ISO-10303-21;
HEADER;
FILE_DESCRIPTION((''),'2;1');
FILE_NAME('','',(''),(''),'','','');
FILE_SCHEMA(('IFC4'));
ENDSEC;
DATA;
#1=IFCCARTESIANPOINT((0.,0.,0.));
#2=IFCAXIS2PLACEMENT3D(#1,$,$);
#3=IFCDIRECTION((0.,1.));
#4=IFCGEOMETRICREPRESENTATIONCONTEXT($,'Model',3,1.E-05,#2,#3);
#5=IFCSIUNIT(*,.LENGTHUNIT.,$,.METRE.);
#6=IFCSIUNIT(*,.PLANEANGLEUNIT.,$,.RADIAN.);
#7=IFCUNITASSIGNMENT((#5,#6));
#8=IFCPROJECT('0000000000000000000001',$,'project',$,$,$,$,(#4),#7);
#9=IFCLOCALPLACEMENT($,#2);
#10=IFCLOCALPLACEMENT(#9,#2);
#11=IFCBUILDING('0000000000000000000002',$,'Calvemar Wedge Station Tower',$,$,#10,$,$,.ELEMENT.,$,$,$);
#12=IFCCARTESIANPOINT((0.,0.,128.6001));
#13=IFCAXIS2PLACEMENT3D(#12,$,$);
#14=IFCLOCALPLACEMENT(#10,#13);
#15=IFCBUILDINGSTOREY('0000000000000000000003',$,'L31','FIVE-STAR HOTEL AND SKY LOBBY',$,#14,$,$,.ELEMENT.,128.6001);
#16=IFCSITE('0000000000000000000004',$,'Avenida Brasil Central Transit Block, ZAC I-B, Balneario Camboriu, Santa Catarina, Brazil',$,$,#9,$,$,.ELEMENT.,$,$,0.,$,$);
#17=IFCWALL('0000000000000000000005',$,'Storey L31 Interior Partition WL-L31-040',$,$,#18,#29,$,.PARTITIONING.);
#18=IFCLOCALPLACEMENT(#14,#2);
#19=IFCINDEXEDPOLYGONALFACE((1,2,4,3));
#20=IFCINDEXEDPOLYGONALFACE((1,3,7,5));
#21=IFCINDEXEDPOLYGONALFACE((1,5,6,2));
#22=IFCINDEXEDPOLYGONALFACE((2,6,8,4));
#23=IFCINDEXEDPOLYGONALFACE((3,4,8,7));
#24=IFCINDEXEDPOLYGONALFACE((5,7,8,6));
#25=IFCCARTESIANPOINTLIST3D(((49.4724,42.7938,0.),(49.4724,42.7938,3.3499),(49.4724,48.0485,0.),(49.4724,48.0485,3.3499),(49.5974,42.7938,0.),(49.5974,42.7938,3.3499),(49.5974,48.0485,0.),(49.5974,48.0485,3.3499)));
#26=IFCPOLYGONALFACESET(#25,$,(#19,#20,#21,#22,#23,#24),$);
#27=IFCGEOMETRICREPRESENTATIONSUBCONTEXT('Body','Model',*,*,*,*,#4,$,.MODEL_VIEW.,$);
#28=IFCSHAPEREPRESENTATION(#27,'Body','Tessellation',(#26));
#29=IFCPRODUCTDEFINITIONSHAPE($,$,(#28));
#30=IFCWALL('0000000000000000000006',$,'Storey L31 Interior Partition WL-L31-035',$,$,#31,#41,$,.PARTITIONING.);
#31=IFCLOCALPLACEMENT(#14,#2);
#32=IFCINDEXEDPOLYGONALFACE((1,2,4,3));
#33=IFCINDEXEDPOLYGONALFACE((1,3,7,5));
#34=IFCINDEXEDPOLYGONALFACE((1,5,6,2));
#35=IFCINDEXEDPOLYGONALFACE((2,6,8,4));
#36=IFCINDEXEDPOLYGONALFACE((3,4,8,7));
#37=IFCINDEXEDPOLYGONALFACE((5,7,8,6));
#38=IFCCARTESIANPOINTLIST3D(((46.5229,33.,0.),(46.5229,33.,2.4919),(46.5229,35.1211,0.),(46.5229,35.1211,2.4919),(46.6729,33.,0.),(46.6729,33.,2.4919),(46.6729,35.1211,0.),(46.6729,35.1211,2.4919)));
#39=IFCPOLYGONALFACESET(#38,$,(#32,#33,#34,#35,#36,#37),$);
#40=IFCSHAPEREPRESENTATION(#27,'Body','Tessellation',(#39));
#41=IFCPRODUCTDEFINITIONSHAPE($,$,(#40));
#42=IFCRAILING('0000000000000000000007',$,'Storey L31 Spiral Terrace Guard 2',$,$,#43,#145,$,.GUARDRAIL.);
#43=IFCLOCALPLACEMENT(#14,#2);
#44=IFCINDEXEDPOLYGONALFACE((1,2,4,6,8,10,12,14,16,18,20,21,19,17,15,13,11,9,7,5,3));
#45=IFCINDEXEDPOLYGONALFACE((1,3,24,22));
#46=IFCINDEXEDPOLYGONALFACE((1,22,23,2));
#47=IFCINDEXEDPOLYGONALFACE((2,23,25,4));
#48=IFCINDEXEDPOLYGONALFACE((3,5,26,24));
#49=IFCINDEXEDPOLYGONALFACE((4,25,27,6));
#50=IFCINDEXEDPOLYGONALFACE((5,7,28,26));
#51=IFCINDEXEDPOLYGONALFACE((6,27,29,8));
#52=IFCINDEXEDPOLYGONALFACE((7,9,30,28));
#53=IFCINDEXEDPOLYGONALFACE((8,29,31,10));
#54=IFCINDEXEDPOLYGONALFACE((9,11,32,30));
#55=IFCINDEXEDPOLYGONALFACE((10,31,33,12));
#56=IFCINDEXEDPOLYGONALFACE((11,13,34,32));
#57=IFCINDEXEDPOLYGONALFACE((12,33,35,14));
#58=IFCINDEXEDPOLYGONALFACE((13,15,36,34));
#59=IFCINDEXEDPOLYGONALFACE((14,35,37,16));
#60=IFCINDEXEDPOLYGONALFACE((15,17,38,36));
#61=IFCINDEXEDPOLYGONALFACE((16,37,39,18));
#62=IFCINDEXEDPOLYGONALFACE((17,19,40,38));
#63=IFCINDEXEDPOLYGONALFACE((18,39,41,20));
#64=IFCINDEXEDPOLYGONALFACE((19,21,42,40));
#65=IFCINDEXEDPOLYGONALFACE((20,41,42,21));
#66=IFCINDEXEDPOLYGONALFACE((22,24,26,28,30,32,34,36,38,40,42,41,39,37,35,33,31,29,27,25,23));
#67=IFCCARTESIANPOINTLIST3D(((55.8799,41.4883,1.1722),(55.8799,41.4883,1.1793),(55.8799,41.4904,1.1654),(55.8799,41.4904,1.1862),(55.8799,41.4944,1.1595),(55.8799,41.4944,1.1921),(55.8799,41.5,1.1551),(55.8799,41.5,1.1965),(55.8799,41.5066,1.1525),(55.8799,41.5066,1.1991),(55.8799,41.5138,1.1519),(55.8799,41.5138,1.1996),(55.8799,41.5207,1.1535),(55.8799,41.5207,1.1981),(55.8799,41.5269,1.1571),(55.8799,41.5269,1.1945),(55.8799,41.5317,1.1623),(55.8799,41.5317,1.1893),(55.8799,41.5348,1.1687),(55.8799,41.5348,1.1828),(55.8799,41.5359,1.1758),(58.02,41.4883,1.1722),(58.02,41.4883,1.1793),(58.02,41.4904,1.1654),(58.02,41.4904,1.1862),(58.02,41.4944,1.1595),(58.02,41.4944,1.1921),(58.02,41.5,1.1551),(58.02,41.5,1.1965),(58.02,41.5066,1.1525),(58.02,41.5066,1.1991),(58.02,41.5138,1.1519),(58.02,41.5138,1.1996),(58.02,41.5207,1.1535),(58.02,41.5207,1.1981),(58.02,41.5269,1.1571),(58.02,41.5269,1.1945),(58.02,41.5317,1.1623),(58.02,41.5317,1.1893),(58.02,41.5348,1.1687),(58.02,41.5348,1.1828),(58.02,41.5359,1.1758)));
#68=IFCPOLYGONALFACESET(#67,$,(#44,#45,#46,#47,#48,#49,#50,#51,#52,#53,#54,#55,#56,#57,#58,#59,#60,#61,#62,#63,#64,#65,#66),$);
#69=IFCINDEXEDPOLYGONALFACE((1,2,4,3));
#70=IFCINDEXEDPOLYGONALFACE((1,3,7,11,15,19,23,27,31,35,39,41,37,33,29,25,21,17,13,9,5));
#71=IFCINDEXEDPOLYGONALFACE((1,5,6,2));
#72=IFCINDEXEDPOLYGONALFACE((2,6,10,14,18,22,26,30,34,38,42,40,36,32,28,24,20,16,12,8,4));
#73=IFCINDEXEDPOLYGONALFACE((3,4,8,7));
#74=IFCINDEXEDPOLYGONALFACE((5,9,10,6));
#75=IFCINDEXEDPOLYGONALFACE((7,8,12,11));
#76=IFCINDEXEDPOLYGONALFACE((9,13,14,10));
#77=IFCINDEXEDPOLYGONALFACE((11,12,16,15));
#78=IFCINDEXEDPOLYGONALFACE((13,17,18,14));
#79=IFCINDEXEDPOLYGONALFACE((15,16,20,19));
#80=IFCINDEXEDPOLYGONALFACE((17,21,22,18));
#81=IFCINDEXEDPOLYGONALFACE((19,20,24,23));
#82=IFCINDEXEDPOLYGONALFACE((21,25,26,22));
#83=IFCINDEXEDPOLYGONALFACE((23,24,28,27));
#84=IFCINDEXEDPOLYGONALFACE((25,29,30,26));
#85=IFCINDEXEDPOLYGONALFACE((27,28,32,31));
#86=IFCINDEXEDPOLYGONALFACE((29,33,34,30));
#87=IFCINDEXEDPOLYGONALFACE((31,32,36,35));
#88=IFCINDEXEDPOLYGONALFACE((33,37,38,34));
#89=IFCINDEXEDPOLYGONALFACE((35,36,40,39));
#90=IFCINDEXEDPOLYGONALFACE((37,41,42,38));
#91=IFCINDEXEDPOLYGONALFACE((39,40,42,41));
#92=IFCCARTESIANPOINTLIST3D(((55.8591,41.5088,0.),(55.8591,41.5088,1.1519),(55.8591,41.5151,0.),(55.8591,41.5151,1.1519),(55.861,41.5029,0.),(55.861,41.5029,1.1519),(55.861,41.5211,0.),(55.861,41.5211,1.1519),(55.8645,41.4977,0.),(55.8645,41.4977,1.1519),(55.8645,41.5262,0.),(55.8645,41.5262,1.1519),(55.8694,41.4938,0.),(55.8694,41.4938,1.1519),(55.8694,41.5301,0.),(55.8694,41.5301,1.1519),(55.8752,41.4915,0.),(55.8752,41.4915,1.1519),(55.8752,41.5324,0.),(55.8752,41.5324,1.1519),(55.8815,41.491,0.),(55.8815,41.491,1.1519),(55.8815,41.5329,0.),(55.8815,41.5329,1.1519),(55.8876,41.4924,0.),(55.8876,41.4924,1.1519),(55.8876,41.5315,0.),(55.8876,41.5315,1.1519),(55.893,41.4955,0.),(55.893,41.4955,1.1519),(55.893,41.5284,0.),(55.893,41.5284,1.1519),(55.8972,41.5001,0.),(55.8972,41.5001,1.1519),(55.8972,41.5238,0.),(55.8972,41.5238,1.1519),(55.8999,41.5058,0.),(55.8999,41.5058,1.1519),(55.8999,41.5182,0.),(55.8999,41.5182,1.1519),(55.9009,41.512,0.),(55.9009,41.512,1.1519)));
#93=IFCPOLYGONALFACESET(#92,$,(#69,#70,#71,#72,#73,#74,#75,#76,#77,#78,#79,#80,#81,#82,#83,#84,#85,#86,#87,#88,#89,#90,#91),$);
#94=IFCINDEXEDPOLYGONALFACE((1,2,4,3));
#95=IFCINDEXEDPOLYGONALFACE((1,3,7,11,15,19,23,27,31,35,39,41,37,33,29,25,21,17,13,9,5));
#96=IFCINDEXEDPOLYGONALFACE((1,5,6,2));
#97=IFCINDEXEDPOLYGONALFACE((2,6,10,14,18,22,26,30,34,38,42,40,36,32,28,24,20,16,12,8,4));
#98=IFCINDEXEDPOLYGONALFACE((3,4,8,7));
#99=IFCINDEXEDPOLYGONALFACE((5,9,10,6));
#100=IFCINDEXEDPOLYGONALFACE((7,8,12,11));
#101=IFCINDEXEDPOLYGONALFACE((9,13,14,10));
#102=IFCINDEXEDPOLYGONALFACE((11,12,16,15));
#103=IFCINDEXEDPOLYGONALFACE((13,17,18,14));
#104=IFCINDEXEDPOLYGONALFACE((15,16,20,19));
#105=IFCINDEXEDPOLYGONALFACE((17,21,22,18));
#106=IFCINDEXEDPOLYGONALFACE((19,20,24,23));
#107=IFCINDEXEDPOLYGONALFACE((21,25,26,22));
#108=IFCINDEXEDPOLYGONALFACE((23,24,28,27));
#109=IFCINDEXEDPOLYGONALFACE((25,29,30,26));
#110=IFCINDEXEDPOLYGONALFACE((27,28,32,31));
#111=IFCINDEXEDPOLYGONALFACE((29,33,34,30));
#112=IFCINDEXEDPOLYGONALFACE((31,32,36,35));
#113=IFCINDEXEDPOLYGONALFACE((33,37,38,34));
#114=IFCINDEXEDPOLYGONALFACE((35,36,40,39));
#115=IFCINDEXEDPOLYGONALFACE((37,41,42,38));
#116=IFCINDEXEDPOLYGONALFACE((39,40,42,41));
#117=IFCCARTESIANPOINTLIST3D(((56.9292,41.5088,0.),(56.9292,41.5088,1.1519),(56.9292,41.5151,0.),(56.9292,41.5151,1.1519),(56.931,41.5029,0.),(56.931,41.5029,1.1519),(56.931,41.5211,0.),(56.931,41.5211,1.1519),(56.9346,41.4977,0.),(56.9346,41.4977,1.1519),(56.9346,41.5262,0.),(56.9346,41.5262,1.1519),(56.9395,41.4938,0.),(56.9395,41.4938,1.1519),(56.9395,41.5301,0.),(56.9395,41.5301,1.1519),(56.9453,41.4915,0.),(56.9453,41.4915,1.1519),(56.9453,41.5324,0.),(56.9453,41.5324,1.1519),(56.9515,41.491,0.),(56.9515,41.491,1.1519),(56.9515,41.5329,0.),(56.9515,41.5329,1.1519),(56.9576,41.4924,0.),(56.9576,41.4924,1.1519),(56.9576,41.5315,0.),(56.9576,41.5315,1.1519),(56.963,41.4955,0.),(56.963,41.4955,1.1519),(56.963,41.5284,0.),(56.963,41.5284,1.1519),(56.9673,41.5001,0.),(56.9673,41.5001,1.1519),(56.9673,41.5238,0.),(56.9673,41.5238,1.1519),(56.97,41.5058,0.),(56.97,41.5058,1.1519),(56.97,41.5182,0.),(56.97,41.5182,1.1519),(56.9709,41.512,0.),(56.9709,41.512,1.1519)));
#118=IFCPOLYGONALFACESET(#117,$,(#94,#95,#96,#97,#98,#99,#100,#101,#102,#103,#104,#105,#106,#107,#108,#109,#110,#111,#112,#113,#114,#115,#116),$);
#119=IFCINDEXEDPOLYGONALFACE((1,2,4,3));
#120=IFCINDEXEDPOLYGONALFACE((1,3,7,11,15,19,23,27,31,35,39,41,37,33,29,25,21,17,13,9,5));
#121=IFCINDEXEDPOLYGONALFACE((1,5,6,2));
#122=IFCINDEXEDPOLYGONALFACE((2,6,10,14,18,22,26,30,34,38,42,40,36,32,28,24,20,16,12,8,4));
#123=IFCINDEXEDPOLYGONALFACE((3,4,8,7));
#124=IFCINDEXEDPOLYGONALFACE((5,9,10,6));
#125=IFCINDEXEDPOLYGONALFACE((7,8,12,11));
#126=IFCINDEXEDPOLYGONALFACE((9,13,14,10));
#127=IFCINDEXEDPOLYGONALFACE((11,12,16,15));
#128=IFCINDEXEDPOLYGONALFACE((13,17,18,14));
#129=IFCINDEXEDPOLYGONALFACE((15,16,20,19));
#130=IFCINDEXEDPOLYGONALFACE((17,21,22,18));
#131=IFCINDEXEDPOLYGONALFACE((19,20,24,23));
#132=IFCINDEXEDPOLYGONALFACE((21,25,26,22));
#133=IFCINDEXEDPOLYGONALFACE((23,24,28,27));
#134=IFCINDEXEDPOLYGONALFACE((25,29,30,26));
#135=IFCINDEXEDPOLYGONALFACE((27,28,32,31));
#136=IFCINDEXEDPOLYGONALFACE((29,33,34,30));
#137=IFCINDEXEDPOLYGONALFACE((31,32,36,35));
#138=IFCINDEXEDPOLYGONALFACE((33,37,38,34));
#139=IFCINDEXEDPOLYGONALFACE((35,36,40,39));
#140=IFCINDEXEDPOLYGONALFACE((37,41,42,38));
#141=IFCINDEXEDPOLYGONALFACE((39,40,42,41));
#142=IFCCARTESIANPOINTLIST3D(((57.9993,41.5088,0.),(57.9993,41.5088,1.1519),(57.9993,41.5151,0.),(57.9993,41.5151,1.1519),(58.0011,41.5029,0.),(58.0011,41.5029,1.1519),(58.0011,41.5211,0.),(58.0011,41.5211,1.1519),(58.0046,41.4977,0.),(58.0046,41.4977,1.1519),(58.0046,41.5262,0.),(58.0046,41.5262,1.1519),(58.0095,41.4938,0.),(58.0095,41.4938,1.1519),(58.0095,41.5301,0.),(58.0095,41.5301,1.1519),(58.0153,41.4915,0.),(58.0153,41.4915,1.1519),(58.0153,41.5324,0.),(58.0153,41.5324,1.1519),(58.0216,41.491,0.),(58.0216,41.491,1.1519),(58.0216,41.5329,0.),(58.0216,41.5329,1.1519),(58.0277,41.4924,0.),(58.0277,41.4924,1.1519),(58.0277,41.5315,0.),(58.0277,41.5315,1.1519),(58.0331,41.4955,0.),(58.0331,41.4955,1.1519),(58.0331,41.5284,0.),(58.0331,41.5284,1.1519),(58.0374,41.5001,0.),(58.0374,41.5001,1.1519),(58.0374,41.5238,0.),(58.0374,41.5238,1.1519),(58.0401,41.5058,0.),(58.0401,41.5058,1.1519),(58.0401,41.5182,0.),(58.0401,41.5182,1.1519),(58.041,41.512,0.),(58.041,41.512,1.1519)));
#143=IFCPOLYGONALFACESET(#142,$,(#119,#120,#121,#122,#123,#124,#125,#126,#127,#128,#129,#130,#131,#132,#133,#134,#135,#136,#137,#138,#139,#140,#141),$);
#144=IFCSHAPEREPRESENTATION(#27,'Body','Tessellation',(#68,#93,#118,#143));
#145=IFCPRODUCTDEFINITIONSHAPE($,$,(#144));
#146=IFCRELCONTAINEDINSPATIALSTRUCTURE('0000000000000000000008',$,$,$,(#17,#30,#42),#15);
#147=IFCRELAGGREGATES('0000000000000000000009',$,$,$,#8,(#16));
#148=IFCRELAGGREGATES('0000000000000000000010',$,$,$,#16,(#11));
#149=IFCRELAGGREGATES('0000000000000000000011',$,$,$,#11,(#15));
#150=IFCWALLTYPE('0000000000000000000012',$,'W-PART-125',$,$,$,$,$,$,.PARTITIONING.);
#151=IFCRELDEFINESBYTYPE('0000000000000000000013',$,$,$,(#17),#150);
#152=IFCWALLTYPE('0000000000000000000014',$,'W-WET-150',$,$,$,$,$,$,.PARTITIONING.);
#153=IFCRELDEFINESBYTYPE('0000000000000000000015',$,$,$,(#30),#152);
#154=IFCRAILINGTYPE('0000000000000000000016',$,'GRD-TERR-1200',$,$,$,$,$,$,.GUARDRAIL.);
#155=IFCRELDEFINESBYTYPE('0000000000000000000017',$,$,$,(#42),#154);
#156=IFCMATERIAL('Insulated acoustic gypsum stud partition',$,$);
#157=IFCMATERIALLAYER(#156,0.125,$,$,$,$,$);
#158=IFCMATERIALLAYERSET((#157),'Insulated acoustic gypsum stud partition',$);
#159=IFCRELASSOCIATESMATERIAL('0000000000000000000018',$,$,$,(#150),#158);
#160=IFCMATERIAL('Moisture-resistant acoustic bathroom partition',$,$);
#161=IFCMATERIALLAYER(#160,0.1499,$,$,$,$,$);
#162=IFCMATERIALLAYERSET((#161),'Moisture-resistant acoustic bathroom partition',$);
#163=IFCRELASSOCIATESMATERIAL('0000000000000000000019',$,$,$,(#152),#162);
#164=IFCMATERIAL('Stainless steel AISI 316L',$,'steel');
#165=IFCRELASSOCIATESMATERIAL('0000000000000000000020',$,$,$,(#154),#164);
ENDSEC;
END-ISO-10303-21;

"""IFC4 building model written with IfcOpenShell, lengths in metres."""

from ifc_helpers import new_model, si_unit, direction, frame, frame_2d, origin, origin_2d, place, context, subcontext, project, spatial, rectangle, circle, extrude, material, layer, layer_set, type_object, element, save


model = new_model("IFC4")

# Units and contexts
model_context = context("Model", 3, precision=1e-05, world=origin(), true_north=direction((0.0, 1.0)))
body_context = subcontext(model_context, "Body", "Model", "MODEL_VIEW")
ifc_project = project(units=[si_unit("LENGTHUNIT", "METRE"), si_unit("PLANEANGLEUNIT", "RADIAN")], contexts=[model_context])

# Site, building, storey
site_placement = place(None, origin())
site = spatial("IfcSite", under=ifc_project, at=site_placement, Name="Avenida Brasil Central Transit Block, ZAC I-B, Balneario Camboriu, Santa Catarina, Brazil", CompositionType="ELEMENT", RefElevation=0.0)
building_placement = place(site_placement, origin())
building = spatial("IfcBuilding", under=site, at=building_placement, Name="Calvemar Wedge Station Tower", CompositionType="ELEMENT")
storey_placement = place(building_placement, frame((0.0, 0.0, 128.6001)))
storey = spatial("IfcBuildingStorey", under=building, at=storey_placement, Name="L31", Description="FIVE-STAR HOTEL AND SKY LOBBY", CompositionType="ELEMENT", Elevation=128.6001)

# Walls
ifc_material_1 = material(Name="Insulated acoustic gypsum stud partition")
ifc_layer_1 = layer(ifc_material_1, 0.125)
ifc_layer_set_1 = layer_set([ifc_layer_1], Name="Insulated acoustic gypsum stud partition")
wall_type_1 = type_object("IfcWallType", Name="W-PART-125", PredefinedType="PARTITIONING", material=ifc_layer_set_1)
wall_1_placement = place(storey_placement, frame((49.5349, 48.0486, 0.0), z_axis=(0.0, 0.0, 1.0), x_axis=(0.0, -1.0, 0.0)))
element("IfcWall", 1, at=wall_1_placement, inside=storey, type_object=wall_type_1, Name="Storey L31 Interior Partition WL-L31-040", PredefinedType="PARTITIONING", context=body_context, shape_type="SweptSolid", body=[
    extrude(rectangle(XDim=5.2546, YDim=0.125, at=frame_2d((2.6274, 0.0))), origin(), (0.0, 0.0, 1.0), 3.3499),
])
ifc_material_2 = material(Name="Moisture-resistant acoustic bathroom partition")
ifc_layer_2 = layer(ifc_material_2, 0.1499)
ifc_layer_set_2 = layer_set([ifc_layer_2], Name="Moisture-resistant acoustic bathroom partition")
wall_type_2 = type_object("IfcWallType", Name="W-WET-150", PredefinedType="PARTITIONING", material=ifc_layer_set_2)
wall_2_placement = place(storey_placement, frame((46.5979, 35.1211, 0.0), z_axis=(0.0, 0.0, 1.0), x_axis=(0.0, -1.0, 0.0)))
element("IfcWall", 2, at=wall_2_placement, inside=storey, type_object=wall_type_2, Name="Storey L31 Interior Partition WL-L31-035", PredefinedType="PARTITIONING", context=body_context, shape_type="SweptSolid", body=[
    extrude(rectangle(XDim=2.1211, YDim=0.1499, at=frame_2d((1.0605, 0.0))), origin(), (0.0, 0.0, 1.0), 2.4919),
])

# Railing
ifc_material_3 = material(Name="Stainless steel AISI 316L", Category="steel")
railing_type = type_object("IfcRailingType", Name="GRD-TERR-1200", PredefinedType="GUARDRAIL", material=ifc_material_3)
railing_1_placement = place(storey_placement, frame((55.8799, 41.512, 0.0)))
element("IfcRailing", 3, at=railing_1_placement, inside=storey, type_object=railing_type, Name="Storey L31 Spiral Terrace Guard 2", PredefinedType="GUARDRAIL", context=body_context, shape_type="SweptSolid", body=[
    extrude(circle(Radius=0.0239, at=origin_2d()), frame((0.0, 0.0, 1.1758), z_axis=(1.0, 0.0, 0.0), x_axis=(0.0, 1.0, 0.0)), (0.0, 0.0, 1.0), 2.1401),
    extrude(circle(Radius=0.021, at=origin_2d()), origin(), (0.0, 0.0, 1.0), 1.1519),
    extrude(circle(Radius=0.021, at=origin_2d()), frame((1.0701, 0.0, 0.0)), (0.0, 0.0, 1.0), 1.1519),
    extrude(circle(Radius=0.021, at=origin_2d()), frame((2.1401, 0.0, 0.0)), (0.0, 0.0, 1.0), 1.1519),
])

save(model, "model.ifc")
